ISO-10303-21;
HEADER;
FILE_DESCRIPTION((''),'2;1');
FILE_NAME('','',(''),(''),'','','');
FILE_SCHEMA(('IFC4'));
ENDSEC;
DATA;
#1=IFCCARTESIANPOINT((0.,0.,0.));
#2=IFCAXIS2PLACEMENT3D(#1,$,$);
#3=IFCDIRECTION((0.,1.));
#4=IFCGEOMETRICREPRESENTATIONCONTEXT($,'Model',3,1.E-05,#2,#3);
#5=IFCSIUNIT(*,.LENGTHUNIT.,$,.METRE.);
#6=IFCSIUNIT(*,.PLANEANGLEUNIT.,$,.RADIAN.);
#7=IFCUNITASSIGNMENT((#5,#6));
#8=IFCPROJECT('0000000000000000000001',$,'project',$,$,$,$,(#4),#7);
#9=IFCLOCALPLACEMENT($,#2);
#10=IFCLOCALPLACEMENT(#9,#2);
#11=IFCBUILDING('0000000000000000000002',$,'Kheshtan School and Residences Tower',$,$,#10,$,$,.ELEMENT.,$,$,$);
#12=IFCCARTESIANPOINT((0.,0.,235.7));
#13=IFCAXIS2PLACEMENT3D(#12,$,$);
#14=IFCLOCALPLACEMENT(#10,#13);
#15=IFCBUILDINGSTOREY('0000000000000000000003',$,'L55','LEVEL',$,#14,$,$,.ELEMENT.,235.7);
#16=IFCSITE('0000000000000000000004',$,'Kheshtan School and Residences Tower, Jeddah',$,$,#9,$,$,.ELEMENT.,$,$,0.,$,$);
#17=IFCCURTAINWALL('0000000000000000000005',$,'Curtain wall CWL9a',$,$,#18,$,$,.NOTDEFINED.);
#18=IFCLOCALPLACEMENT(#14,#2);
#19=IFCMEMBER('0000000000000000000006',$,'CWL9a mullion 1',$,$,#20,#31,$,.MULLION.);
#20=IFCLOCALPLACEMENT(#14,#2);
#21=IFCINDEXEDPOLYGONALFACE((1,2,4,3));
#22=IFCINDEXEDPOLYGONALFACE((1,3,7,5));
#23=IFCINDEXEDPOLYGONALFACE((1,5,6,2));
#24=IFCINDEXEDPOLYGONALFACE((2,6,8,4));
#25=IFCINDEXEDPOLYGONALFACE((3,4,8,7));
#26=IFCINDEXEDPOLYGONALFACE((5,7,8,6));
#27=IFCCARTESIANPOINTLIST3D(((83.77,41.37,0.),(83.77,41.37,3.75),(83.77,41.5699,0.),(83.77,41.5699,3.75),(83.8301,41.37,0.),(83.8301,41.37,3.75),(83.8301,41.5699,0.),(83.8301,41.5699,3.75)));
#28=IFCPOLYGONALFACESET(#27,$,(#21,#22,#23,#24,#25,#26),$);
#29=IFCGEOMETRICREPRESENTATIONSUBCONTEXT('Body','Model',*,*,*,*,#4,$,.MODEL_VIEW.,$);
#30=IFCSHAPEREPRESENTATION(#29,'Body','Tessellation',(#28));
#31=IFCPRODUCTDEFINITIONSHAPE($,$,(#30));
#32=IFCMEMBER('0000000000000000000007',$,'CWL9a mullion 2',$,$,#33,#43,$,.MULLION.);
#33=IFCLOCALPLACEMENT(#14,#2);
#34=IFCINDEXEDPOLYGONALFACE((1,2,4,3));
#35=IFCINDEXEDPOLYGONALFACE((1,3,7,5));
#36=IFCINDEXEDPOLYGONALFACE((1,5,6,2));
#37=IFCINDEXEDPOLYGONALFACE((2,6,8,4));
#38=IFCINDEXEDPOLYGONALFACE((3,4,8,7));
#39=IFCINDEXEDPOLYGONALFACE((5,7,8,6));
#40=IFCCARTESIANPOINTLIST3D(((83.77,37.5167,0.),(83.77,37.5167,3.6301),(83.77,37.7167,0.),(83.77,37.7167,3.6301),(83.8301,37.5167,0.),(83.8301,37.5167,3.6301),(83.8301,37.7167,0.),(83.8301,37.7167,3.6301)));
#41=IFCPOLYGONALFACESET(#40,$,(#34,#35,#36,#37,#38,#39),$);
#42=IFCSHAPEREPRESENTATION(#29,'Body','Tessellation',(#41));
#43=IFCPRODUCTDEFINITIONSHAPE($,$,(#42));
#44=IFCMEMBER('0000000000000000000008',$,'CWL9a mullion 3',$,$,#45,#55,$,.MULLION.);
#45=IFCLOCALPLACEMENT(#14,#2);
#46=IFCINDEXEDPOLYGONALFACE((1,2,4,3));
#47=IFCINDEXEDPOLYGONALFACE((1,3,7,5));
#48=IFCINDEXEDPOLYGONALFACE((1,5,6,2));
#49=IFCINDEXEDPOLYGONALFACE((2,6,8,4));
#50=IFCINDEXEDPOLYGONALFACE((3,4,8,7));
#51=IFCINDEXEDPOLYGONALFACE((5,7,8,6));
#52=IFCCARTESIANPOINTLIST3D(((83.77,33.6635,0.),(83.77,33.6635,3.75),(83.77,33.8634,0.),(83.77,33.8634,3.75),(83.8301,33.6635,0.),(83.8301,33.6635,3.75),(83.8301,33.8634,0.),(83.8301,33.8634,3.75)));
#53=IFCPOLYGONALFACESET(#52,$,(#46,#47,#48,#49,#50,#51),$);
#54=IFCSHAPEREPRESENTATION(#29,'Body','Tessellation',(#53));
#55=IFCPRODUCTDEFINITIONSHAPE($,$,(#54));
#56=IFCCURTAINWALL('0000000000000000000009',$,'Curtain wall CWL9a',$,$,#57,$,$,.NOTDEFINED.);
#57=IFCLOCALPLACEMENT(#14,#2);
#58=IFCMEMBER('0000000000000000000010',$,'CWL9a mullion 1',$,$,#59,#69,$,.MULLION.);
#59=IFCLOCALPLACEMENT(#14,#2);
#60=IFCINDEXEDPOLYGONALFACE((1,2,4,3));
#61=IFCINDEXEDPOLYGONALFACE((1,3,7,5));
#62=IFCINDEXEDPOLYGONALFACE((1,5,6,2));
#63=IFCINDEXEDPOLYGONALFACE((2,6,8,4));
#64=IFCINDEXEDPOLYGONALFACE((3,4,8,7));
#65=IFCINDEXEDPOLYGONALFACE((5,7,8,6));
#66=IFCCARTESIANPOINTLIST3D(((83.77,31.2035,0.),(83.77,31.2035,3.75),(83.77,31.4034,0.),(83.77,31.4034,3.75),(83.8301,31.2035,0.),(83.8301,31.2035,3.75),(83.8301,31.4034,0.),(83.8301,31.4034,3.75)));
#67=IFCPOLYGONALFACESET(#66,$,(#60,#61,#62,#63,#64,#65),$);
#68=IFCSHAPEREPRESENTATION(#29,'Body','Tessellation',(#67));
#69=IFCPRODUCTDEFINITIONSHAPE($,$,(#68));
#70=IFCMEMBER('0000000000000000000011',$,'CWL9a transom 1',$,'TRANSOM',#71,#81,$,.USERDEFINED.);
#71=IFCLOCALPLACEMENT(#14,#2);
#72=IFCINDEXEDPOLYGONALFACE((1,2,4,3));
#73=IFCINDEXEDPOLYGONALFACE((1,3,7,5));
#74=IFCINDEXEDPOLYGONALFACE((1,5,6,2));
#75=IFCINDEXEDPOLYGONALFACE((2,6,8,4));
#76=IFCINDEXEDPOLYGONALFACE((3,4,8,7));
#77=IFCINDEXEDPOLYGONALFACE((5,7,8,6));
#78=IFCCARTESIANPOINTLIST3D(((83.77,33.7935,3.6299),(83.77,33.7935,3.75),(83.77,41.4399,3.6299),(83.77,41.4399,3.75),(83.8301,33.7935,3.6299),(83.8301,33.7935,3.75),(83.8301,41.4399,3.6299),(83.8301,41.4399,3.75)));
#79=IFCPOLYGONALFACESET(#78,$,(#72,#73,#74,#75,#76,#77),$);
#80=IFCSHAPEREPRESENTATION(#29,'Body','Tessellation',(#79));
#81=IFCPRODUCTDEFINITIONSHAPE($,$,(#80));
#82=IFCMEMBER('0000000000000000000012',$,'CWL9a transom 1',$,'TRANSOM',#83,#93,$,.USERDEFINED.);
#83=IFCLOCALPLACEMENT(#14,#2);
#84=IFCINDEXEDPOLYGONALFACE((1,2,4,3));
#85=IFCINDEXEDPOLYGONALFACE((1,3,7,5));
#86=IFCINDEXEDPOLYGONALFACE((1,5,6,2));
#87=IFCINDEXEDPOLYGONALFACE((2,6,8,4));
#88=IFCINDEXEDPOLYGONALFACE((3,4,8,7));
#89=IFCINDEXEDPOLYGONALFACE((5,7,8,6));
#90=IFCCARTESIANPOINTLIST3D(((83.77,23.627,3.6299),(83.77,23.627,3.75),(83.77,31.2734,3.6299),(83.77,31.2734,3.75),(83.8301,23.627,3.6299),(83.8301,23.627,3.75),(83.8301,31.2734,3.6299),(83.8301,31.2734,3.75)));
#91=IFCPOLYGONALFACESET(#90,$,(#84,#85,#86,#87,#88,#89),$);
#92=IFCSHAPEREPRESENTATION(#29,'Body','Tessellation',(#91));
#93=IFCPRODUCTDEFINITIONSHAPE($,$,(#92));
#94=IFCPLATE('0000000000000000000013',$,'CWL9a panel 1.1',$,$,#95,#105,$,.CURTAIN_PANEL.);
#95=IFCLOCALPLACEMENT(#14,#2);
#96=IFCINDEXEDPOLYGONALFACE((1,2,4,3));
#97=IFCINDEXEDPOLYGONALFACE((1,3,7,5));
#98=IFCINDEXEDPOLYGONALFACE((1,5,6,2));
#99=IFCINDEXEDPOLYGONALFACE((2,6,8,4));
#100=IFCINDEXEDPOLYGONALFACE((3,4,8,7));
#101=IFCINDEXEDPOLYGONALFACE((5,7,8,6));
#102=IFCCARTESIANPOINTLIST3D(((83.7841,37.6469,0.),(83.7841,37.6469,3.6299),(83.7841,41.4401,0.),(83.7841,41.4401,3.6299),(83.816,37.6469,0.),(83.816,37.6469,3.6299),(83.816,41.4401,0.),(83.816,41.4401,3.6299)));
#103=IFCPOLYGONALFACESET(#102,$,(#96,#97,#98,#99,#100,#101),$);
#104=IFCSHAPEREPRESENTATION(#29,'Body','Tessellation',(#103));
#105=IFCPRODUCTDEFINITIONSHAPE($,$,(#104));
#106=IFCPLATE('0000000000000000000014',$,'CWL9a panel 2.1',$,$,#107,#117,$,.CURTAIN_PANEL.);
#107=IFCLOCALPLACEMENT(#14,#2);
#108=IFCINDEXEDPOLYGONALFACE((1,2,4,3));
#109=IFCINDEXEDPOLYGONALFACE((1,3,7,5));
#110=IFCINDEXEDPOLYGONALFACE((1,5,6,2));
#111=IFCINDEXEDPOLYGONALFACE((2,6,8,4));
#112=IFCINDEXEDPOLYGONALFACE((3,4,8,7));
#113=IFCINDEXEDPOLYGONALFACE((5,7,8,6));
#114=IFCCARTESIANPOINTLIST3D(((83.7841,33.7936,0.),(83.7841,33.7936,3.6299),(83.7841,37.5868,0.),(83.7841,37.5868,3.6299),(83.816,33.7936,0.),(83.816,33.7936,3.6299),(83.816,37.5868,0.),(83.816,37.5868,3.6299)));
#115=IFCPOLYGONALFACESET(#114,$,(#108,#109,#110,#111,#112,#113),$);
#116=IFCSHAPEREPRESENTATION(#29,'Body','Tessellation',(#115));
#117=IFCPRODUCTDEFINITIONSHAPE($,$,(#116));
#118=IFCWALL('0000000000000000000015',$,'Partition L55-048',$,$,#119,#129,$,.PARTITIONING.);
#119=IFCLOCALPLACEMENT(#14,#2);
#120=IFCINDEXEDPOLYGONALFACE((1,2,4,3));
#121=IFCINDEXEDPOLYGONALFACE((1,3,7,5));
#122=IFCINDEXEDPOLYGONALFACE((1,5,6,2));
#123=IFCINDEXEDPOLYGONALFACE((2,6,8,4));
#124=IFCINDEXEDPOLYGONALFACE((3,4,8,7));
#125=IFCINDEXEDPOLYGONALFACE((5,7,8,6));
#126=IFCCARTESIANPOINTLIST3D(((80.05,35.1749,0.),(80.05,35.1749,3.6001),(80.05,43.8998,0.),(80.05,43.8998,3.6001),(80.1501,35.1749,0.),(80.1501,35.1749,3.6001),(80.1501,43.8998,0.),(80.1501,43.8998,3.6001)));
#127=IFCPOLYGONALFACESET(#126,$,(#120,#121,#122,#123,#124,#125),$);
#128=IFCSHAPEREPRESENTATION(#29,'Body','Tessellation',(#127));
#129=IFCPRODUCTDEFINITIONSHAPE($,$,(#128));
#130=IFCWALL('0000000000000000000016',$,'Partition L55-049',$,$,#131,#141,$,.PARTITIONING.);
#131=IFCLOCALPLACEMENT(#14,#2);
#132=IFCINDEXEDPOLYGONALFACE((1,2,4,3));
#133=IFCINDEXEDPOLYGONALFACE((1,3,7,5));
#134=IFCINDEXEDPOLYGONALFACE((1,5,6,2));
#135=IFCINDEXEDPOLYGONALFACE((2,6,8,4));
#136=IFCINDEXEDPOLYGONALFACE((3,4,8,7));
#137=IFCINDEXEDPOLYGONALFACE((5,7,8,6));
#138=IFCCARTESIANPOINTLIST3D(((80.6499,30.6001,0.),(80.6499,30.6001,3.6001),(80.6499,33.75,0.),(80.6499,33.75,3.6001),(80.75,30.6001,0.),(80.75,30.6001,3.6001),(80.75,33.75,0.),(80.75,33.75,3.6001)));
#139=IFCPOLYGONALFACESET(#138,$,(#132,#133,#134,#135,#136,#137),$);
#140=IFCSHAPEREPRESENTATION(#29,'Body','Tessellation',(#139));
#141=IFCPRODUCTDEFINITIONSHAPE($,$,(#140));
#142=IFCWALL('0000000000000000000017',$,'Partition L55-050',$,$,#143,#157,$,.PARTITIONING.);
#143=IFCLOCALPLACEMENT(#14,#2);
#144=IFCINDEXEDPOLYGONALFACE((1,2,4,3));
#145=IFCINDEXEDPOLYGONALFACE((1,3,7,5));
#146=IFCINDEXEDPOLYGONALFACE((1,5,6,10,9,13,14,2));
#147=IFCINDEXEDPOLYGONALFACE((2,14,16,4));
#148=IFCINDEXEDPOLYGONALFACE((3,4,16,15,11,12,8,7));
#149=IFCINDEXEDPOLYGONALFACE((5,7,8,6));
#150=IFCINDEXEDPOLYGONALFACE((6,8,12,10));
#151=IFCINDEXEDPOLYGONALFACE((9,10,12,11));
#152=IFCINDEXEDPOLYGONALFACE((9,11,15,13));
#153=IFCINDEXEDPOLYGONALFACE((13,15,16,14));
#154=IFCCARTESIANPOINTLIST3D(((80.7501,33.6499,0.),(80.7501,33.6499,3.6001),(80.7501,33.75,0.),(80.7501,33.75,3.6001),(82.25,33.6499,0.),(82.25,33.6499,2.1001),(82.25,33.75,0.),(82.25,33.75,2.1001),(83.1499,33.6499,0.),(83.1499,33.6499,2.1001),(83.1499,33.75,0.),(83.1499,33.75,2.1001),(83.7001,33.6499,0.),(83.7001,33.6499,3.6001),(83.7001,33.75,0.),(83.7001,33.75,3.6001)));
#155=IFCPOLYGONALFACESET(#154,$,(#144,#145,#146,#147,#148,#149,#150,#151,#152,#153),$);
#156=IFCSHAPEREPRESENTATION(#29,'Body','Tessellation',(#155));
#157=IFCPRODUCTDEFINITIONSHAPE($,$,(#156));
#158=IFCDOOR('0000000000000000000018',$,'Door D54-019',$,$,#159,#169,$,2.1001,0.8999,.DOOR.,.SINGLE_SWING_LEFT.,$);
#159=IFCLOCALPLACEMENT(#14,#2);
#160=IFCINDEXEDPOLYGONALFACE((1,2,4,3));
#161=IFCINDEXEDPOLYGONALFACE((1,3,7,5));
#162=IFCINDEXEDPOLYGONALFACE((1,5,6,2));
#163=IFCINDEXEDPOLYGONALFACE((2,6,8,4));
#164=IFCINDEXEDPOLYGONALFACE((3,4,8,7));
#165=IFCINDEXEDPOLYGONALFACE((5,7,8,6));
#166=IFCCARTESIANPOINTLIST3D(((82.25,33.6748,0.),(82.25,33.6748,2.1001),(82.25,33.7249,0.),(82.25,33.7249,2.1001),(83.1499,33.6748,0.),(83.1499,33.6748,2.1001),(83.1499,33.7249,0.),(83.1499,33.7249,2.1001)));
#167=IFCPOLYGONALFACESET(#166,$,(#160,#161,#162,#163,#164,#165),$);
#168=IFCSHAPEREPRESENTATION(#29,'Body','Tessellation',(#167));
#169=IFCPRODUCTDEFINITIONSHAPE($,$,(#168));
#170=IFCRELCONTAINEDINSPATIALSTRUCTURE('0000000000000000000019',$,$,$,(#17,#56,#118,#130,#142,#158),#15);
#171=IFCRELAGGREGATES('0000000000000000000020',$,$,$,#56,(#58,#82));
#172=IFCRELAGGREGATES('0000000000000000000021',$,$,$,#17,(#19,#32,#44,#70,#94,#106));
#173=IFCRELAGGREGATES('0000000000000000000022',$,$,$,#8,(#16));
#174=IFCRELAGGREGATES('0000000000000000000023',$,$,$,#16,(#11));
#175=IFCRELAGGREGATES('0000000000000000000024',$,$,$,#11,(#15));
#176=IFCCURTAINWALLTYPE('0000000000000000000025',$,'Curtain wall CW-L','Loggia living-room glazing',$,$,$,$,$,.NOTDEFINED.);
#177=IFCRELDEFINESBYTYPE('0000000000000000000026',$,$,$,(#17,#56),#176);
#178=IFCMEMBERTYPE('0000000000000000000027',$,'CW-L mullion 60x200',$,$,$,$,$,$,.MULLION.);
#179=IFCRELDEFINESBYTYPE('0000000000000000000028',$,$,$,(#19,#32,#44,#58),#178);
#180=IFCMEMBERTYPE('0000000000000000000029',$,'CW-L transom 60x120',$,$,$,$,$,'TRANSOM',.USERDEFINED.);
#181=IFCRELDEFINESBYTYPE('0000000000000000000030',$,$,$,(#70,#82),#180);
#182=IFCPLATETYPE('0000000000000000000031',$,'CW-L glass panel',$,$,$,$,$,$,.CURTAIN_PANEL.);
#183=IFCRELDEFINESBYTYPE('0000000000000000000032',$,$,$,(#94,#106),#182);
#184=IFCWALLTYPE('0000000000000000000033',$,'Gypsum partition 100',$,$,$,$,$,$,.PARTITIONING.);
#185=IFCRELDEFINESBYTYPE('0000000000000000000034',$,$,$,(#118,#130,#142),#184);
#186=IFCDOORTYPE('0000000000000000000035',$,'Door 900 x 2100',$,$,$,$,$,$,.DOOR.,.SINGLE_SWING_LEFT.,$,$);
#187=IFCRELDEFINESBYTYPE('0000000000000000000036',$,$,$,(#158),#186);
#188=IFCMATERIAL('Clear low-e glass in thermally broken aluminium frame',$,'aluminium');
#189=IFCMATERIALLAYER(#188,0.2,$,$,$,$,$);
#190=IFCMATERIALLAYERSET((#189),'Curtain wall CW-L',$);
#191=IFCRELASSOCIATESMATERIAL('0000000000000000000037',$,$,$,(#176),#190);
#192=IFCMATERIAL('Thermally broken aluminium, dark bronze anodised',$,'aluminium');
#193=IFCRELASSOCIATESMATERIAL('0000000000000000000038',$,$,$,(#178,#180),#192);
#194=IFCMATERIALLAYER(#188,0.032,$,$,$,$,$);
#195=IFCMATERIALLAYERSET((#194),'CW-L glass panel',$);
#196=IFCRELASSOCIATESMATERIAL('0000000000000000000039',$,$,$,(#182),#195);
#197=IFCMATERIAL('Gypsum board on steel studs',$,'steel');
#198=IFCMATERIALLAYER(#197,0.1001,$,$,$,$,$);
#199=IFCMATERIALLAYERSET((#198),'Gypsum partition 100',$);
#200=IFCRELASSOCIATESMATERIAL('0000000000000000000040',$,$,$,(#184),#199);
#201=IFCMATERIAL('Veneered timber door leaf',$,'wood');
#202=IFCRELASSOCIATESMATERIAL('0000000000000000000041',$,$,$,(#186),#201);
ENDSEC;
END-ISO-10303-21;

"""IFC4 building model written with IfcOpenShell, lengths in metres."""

from ifc_helpers import new_model, si_unit, direction, frame, frame_2d, origin, origin_2d, place, context, subcontext, project, spatial, rectangle, extrude, source, transform, mapped, material, layer, layer_set, material_profile, profile_set, type_object, element, fill, aggregate, save


model = new_model("IFC4")

# Units and contexts
model_context = context("Model", 3, precision=1e-05, world=origin(), true_north=direction((0.0, 1.0)))
body_context = subcontext(model_context, "Body", "Model", "MODEL_VIEW")
ifc_project = project(units=[si_unit("LENGTHUNIT", "METRE"), si_unit("PLANEANGLEUNIT", "RADIAN")], contexts=[model_context])

# Site, building, storey
site_placement = place(None, origin())
site = spatial("IfcSite", under=ifc_project, at=site_placement, Name="Kheshtan School and Residences Tower, Jeddah", CompositionType="ELEMENT", RefElevation=0.0)
building_placement = place(site_placement, origin())
building = spatial("IfcBuilding", under=site, at=building_placement, Name="Kheshtan School and Residences Tower", CompositionType="ELEMENT")
storey_placement = place(building_placement, frame((0.0, 0.0, 235.7)))
storey = spatial("IfcBuildingStorey", under=building, at=storey_placement, Name="L55", Description="LEVEL", CompositionType="ELEMENT", Elevation=235.7)

# Curtain wall, members
ifc_material_1 = material(Name="Clear low-e glass in thermally broken aluminium frame", Category="aluminium")
ifc_layer_1 = layer(ifc_material_1, 0.2)
ifc_layer_set_1 = layer_set([ifc_layer_1], Name="Curtain wall CW-L")
curtain_wall_type = type_object("IfcCurtainWallType", Name="Curtain wall CW-L", Description="Loggia living-room glazing", PredefinedType="NOTDEFINED", material=ifc_layer_set_1)
curtain_wall_1_placement = place(storey_placement, origin())
curtain_wall_1 = element("IfcCurtainWall", 1, at=curtain_wall_1_placement, inside=storey, type_object=curtain_wall_type, Name="Curtain wall CWL9a", PredefinedType="NOTDEFINED")
ifc_material_2 = material(Name="Thermally broken aluminium, dark bronze anodised", Category="aluminium")
ifc_material_profile_1 = material_profile(ifc_material_2, rectangle(XDim=0.0601, YDim=0.2, at=origin_2d()), Name="CW-L mullion 60x200")
ifc_profile_set_1 = profile_set([ifc_material_profile_1], Name="Thermally broken aluminium, dark bronze anodised")
member_type_1 = type_object("IfcMemberType", Name="CW-L mullion 60x200", PredefinedType="MULLION", material=ifc_profile_set_1)
member_1_placement = place(storey_placement, frame((83.8, 41.47, 0.0), z_axis=(0.0, 0.0, 1.0), x_axis=(1.0, 0.0, 0.0)))
member_1 = element("IfcMember", 2, at=member_1_placement, type_object=member_type_1, Name="CWL9a mullion 1", PredefinedType="MULLION", context=body_context, shape_type="SweptSolid", body=[
    extrude(rectangle(XDim=0.0601, YDim=0.2, at=origin_2d()), origin(), (0.0, 0.0, 1.0), 3.75),
])
member_2_placement = place(storey_placement, frame((83.8, 37.6167, 0.0), z_axis=(0.0, 0.0, 1.0), x_axis=(1.0, 0.0, 0.0)))
member_2 = element("IfcMember", 3, at=member_2_placement, type_object=member_type_1, Name="CWL9a mullion 2", PredefinedType="MULLION", context=body_context, shape_type="SweptSolid", body=[
    extrude(rectangle(XDim=0.0601, YDim=0.2, at=origin_2d()), origin(), (0.0, 0.0, 1.0), 3.6301),
])
member_3_placement = place(storey_placement, frame((83.8, 33.7634, 0.0), z_axis=(0.0, 0.0, 1.0), x_axis=(1.0, 0.0, 0.0)))
member_3 = element("IfcMember", 4, at=member_3_placement, type_object=member_type_1, Name="CWL9a mullion 3", PredefinedType="MULLION", context=body_context, shape_type="SweptSolid", body=[
    extrude(rectangle(XDim=0.0601, YDim=0.2, at=origin_2d()), origin(), (0.0, 0.0, 1.0), 3.75),
])

# Curtain wall, member
curtain_wall_2_placement = place(storey_placement, origin())
curtain_wall_2 = element("IfcCurtainWall", 5, at=curtain_wall_2_placement, inside=storey, type_object=curtain_wall_type, Name="Curtain wall CWL9a", PredefinedType="NOTDEFINED")
member_4_placement = place(storey_placement, frame((83.8, 31.3035, 0.0), z_axis=(0.0, 0.0, 1.0), x_axis=(1.0, 0.0, 0.0)))
member_4 = element("IfcMember", 6, at=member_4_placement, type_object=member_type_1, Name="CWL9a mullion 1", PredefinedType="MULLION", context=body_context, shape_type="SweptSolid", body=[
    extrude(rectangle(XDim=0.0601, YDim=0.2, at=origin_2d()), origin(), (0.0, 0.0, 1.0), 3.75),
])

# Members
ifc_material_profile_2 = material_profile(ifc_material_2, rectangle(XDim=0.0601, YDim=0.1201, at=origin_2d()), Name="CW-L transom 60x120")
ifc_profile_set_2 = profile_set([ifc_material_profile_2], Name="Thermally broken aluminium, dark bronze anodised")
member_type_2 = type_object("IfcMemberType", Name="CW-L transom 60x120", ElementType="TRANSOM", PredefinedType="USERDEFINED", material=ifc_profile_set_2)
member_5_placement = place(storey_placement, frame((83.8, 41.4399, 3.6899), z_axis=(0.0, -1.0, 0.0), x_axis=(1.0, 0.0, 0.0)))
member_5 = element("IfcMember", 7, at=member_5_placement, type_object=member_type_2, Name="CWL9a transom 1", ObjectType="TRANSOM", PredefinedType="USERDEFINED", context=body_context, shape_type="SweptSolid", body=[
    extrude(rectangle(XDim=0.0601, YDim=0.1201, at=origin_2d()), origin(), (0.0, 0.0, 1.0), 7.6465),
])
member_6_placement = place(storey_placement, frame((83.8, 31.2734, 3.6899), z_axis=(0.0, -1.0, 0.0), x_axis=(1.0, 0.0, 0.0)))
member_6 = element("IfcMember", 8, at=member_6_placement, type_object=member_type_2, Name="CWL9a transom 1", ObjectType="TRANSOM", PredefinedType="USERDEFINED", context=body_context, shape_type="SweptSolid", body=[
    extrude(rectangle(XDim=0.0601, YDim=0.1201, at=origin_2d()), origin(), (0.0, 0.0, 1.0), 7.6465),
])
aggregate(curtain_wall_2, [member_4, member_6])

# Plates
ifc_layer_2 = layer(ifc_material_1, 0.032)
ifc_layer_set_2 = layer_set([ifc_layer_2], Name="CW-L glass panel")
plate_type = type_object("IfcPlateType", Name="CW-L glass panel", PredefinedType="CURTAIN_PANEL", material=ifc_layer_set_2)
plate_1_placement = place(storey_placement, frame((83.8, 39.5435, 0.0), z_axis=(0.0, 0.0, 1.0), x_axis=(0.0, -1.0, 0.0)))
plate_1 = element("IfcPlate", 9, at=plate_1_placement, type_object=plate_type, Name="CWL9a panel 1.1", PredefinedType="CURTAIN_PANEL", context=body_context, shape_type="SweptSolid", body=[
    extrude(rectangle(XDim=3.7932, YDim=0.032, at=origin_2d()), origin(), (0.0, 0.0, 1.0), 3.6299),
])
plate_2_placement = place(storey_placement, frame((83.8, 35.6902, 0.0), z_axis=(0.0, 0.0, 1.0), x_axis=(0.0, -1.0, 0.0)))
plate_2 = element("IfcPlate", 10, at=plate_2_placement, type_object=plate_type, Name="CWL9a panel 2.1", PredefinedType="CURTAIN_PANEL", context=body_context, shape_type="SweptSolid", body=[
    extrude(rectangle(XDim=3.7932, YDim=0.032, at=origin_2d()), origin(), (0.0, 0.0, 1.0), 3.6299),
])
aggregate(curtain_wall_1, [member_1, member_2, member_3, member_5, plate_1, plate_2])

# Walls
ifc_material_3 = material(Name="Gypsum board on steel studs", Category="steel")
ifc_layer_3 = layer(ifc_material_3, 0.1001)
ifc_layer_set_3 = layer_set([ifc_layer_3], Name="Gypsum partition 100")
wall_type_1 = type_object("IfcWallType", Name="Gypsum partition 100", PredefinedType="PARTITIONING", material=ifc_layer_set_3)
wall_1_placement = place(storey_placement, frame((80.1001, 35.175, 0.0), z_axis=(0.0, 0.0, 1.0), x_axis=(0.0, 1.0, 0.0)))
element("IfcWall", 11, at=wall_1_placement, inside=storey, type_object=wall_type_1, Name="Partition L55-048", PredefinedType="PARTITIONING", context=body_context, shape_type="SweptSolid", body=[
    extrude(rectangle(XDim=8.7249, YDim=0.1001, at=frame_2d((4.3623, 0.0))), origin(), (0.0, 0.0, 1.0), 3.6001),
])
wall_2_placement = place(storey_placement, frame((80.7, 30.6001, 0.0), z_axis=(0.0, 0.0, 1.0), x_axis=(0.0, 1.0, 0.0)))
element("IfcWall", 12, at=wall_2_placement, inside=storey, type_object=wall_type_1, Name="Partition L55-049", PredefinedType="PARTITIONING", context=body_context, shape_type="SweptSolid", body=[
    extrude(rectangle(XDim=3.1499, YDim=0.1001, at=frame_2d((1.575, 0.0))), origin(), (0.0, 0.0, 1.0), 3.6001),
])

# Wall, opening, door
wall_3_placement = place(storey_placement, frame((80.75, 33.7, 0.0), z_axis=(0.0, 0.0, 1.0), x_axis=(1.0, 0.0, 0.0)))
wall_3 = element("IfcWall", 13, at=wall_3_placement, inside=storey, type_object=wall_type_1, Name="Partition L55-050", PredefinedType="PARTITIONING", context=body_context, shape_type="SweptSolid", body=[
    extrude(rectangle(XDim=2.95, YDim=0.1001, at=frame_2d((1.4751, 0.0))), origin(), (0.0, 0.0, 1.0), 3.6001),
])
opening_1_placement = place(wall_3_placement, frame((1.5, 0.0, 0.0)))
opening_1 = element("IfcOpeningElement", 14, at=opening_1_placement, cuts=wall_3, PredefinedType="OPENING", context=body_context, shape_type="SweptSolid", body=[
    extrude(rectangle(XDim=0.8999, YDim=2.1001, at=frame_2d((0.45, 1.05))), frame((0.0, 0.0601, 0.0), z_axis=(0.0, -1.0, 0.0), x_axis=(1.0, 0.0, 0.0)), (0.0, 0.0, 1.0), 0.1201),
])
ifc_material_4 = material(Name="Veneered timber door leaf", Category="wood")
door_type_1 = type_object("IfcDoorType", Name="Door 900 x 2100", OperationType="SINGLE_SWING_LEFT", PredefinedType="DOOR", material=ifc_material_4)
shared_shape_1 = source(origin(), body_context, "Body", "SweptSolid", [
    extrude(rectangle(XDim=0.8999, YDim=2.1001, at=frame_2d((0.45, 1.05))), frame((0.0, 0.0249, 0.0), z_axis=(0.0, -1.0, 0.0), x_axis=(1.0, 0.0, 0.0)), (0.0, 0.0, 1.0), 0.05),
])
door_1_placement = place(opening_1_placement, origin())
door_1 = element("IfcDoor", 15, at=door_1_placement, inside=storey, type_object=door_type_1, Name="Door D54-019", OperationType="SINGLE_SWING_LEFT", OverallHeight=2.1001, OverallWidth=0.8999, PredefinedType="DOOR", context=body_context, shape_type="MappedRepresentation", body=[
    mapped(shared_shape_1, transform((0.0, 0.0, 0.0), x_axis=(1.0, 0.0, 0.0), y_axis=(0.0, 1.0, 0.0), z_axis=(0.0, 0.0, 1.0), scale=1.0)),
])
fill(opening_1, door_1)

save(model, "model.ifc")
